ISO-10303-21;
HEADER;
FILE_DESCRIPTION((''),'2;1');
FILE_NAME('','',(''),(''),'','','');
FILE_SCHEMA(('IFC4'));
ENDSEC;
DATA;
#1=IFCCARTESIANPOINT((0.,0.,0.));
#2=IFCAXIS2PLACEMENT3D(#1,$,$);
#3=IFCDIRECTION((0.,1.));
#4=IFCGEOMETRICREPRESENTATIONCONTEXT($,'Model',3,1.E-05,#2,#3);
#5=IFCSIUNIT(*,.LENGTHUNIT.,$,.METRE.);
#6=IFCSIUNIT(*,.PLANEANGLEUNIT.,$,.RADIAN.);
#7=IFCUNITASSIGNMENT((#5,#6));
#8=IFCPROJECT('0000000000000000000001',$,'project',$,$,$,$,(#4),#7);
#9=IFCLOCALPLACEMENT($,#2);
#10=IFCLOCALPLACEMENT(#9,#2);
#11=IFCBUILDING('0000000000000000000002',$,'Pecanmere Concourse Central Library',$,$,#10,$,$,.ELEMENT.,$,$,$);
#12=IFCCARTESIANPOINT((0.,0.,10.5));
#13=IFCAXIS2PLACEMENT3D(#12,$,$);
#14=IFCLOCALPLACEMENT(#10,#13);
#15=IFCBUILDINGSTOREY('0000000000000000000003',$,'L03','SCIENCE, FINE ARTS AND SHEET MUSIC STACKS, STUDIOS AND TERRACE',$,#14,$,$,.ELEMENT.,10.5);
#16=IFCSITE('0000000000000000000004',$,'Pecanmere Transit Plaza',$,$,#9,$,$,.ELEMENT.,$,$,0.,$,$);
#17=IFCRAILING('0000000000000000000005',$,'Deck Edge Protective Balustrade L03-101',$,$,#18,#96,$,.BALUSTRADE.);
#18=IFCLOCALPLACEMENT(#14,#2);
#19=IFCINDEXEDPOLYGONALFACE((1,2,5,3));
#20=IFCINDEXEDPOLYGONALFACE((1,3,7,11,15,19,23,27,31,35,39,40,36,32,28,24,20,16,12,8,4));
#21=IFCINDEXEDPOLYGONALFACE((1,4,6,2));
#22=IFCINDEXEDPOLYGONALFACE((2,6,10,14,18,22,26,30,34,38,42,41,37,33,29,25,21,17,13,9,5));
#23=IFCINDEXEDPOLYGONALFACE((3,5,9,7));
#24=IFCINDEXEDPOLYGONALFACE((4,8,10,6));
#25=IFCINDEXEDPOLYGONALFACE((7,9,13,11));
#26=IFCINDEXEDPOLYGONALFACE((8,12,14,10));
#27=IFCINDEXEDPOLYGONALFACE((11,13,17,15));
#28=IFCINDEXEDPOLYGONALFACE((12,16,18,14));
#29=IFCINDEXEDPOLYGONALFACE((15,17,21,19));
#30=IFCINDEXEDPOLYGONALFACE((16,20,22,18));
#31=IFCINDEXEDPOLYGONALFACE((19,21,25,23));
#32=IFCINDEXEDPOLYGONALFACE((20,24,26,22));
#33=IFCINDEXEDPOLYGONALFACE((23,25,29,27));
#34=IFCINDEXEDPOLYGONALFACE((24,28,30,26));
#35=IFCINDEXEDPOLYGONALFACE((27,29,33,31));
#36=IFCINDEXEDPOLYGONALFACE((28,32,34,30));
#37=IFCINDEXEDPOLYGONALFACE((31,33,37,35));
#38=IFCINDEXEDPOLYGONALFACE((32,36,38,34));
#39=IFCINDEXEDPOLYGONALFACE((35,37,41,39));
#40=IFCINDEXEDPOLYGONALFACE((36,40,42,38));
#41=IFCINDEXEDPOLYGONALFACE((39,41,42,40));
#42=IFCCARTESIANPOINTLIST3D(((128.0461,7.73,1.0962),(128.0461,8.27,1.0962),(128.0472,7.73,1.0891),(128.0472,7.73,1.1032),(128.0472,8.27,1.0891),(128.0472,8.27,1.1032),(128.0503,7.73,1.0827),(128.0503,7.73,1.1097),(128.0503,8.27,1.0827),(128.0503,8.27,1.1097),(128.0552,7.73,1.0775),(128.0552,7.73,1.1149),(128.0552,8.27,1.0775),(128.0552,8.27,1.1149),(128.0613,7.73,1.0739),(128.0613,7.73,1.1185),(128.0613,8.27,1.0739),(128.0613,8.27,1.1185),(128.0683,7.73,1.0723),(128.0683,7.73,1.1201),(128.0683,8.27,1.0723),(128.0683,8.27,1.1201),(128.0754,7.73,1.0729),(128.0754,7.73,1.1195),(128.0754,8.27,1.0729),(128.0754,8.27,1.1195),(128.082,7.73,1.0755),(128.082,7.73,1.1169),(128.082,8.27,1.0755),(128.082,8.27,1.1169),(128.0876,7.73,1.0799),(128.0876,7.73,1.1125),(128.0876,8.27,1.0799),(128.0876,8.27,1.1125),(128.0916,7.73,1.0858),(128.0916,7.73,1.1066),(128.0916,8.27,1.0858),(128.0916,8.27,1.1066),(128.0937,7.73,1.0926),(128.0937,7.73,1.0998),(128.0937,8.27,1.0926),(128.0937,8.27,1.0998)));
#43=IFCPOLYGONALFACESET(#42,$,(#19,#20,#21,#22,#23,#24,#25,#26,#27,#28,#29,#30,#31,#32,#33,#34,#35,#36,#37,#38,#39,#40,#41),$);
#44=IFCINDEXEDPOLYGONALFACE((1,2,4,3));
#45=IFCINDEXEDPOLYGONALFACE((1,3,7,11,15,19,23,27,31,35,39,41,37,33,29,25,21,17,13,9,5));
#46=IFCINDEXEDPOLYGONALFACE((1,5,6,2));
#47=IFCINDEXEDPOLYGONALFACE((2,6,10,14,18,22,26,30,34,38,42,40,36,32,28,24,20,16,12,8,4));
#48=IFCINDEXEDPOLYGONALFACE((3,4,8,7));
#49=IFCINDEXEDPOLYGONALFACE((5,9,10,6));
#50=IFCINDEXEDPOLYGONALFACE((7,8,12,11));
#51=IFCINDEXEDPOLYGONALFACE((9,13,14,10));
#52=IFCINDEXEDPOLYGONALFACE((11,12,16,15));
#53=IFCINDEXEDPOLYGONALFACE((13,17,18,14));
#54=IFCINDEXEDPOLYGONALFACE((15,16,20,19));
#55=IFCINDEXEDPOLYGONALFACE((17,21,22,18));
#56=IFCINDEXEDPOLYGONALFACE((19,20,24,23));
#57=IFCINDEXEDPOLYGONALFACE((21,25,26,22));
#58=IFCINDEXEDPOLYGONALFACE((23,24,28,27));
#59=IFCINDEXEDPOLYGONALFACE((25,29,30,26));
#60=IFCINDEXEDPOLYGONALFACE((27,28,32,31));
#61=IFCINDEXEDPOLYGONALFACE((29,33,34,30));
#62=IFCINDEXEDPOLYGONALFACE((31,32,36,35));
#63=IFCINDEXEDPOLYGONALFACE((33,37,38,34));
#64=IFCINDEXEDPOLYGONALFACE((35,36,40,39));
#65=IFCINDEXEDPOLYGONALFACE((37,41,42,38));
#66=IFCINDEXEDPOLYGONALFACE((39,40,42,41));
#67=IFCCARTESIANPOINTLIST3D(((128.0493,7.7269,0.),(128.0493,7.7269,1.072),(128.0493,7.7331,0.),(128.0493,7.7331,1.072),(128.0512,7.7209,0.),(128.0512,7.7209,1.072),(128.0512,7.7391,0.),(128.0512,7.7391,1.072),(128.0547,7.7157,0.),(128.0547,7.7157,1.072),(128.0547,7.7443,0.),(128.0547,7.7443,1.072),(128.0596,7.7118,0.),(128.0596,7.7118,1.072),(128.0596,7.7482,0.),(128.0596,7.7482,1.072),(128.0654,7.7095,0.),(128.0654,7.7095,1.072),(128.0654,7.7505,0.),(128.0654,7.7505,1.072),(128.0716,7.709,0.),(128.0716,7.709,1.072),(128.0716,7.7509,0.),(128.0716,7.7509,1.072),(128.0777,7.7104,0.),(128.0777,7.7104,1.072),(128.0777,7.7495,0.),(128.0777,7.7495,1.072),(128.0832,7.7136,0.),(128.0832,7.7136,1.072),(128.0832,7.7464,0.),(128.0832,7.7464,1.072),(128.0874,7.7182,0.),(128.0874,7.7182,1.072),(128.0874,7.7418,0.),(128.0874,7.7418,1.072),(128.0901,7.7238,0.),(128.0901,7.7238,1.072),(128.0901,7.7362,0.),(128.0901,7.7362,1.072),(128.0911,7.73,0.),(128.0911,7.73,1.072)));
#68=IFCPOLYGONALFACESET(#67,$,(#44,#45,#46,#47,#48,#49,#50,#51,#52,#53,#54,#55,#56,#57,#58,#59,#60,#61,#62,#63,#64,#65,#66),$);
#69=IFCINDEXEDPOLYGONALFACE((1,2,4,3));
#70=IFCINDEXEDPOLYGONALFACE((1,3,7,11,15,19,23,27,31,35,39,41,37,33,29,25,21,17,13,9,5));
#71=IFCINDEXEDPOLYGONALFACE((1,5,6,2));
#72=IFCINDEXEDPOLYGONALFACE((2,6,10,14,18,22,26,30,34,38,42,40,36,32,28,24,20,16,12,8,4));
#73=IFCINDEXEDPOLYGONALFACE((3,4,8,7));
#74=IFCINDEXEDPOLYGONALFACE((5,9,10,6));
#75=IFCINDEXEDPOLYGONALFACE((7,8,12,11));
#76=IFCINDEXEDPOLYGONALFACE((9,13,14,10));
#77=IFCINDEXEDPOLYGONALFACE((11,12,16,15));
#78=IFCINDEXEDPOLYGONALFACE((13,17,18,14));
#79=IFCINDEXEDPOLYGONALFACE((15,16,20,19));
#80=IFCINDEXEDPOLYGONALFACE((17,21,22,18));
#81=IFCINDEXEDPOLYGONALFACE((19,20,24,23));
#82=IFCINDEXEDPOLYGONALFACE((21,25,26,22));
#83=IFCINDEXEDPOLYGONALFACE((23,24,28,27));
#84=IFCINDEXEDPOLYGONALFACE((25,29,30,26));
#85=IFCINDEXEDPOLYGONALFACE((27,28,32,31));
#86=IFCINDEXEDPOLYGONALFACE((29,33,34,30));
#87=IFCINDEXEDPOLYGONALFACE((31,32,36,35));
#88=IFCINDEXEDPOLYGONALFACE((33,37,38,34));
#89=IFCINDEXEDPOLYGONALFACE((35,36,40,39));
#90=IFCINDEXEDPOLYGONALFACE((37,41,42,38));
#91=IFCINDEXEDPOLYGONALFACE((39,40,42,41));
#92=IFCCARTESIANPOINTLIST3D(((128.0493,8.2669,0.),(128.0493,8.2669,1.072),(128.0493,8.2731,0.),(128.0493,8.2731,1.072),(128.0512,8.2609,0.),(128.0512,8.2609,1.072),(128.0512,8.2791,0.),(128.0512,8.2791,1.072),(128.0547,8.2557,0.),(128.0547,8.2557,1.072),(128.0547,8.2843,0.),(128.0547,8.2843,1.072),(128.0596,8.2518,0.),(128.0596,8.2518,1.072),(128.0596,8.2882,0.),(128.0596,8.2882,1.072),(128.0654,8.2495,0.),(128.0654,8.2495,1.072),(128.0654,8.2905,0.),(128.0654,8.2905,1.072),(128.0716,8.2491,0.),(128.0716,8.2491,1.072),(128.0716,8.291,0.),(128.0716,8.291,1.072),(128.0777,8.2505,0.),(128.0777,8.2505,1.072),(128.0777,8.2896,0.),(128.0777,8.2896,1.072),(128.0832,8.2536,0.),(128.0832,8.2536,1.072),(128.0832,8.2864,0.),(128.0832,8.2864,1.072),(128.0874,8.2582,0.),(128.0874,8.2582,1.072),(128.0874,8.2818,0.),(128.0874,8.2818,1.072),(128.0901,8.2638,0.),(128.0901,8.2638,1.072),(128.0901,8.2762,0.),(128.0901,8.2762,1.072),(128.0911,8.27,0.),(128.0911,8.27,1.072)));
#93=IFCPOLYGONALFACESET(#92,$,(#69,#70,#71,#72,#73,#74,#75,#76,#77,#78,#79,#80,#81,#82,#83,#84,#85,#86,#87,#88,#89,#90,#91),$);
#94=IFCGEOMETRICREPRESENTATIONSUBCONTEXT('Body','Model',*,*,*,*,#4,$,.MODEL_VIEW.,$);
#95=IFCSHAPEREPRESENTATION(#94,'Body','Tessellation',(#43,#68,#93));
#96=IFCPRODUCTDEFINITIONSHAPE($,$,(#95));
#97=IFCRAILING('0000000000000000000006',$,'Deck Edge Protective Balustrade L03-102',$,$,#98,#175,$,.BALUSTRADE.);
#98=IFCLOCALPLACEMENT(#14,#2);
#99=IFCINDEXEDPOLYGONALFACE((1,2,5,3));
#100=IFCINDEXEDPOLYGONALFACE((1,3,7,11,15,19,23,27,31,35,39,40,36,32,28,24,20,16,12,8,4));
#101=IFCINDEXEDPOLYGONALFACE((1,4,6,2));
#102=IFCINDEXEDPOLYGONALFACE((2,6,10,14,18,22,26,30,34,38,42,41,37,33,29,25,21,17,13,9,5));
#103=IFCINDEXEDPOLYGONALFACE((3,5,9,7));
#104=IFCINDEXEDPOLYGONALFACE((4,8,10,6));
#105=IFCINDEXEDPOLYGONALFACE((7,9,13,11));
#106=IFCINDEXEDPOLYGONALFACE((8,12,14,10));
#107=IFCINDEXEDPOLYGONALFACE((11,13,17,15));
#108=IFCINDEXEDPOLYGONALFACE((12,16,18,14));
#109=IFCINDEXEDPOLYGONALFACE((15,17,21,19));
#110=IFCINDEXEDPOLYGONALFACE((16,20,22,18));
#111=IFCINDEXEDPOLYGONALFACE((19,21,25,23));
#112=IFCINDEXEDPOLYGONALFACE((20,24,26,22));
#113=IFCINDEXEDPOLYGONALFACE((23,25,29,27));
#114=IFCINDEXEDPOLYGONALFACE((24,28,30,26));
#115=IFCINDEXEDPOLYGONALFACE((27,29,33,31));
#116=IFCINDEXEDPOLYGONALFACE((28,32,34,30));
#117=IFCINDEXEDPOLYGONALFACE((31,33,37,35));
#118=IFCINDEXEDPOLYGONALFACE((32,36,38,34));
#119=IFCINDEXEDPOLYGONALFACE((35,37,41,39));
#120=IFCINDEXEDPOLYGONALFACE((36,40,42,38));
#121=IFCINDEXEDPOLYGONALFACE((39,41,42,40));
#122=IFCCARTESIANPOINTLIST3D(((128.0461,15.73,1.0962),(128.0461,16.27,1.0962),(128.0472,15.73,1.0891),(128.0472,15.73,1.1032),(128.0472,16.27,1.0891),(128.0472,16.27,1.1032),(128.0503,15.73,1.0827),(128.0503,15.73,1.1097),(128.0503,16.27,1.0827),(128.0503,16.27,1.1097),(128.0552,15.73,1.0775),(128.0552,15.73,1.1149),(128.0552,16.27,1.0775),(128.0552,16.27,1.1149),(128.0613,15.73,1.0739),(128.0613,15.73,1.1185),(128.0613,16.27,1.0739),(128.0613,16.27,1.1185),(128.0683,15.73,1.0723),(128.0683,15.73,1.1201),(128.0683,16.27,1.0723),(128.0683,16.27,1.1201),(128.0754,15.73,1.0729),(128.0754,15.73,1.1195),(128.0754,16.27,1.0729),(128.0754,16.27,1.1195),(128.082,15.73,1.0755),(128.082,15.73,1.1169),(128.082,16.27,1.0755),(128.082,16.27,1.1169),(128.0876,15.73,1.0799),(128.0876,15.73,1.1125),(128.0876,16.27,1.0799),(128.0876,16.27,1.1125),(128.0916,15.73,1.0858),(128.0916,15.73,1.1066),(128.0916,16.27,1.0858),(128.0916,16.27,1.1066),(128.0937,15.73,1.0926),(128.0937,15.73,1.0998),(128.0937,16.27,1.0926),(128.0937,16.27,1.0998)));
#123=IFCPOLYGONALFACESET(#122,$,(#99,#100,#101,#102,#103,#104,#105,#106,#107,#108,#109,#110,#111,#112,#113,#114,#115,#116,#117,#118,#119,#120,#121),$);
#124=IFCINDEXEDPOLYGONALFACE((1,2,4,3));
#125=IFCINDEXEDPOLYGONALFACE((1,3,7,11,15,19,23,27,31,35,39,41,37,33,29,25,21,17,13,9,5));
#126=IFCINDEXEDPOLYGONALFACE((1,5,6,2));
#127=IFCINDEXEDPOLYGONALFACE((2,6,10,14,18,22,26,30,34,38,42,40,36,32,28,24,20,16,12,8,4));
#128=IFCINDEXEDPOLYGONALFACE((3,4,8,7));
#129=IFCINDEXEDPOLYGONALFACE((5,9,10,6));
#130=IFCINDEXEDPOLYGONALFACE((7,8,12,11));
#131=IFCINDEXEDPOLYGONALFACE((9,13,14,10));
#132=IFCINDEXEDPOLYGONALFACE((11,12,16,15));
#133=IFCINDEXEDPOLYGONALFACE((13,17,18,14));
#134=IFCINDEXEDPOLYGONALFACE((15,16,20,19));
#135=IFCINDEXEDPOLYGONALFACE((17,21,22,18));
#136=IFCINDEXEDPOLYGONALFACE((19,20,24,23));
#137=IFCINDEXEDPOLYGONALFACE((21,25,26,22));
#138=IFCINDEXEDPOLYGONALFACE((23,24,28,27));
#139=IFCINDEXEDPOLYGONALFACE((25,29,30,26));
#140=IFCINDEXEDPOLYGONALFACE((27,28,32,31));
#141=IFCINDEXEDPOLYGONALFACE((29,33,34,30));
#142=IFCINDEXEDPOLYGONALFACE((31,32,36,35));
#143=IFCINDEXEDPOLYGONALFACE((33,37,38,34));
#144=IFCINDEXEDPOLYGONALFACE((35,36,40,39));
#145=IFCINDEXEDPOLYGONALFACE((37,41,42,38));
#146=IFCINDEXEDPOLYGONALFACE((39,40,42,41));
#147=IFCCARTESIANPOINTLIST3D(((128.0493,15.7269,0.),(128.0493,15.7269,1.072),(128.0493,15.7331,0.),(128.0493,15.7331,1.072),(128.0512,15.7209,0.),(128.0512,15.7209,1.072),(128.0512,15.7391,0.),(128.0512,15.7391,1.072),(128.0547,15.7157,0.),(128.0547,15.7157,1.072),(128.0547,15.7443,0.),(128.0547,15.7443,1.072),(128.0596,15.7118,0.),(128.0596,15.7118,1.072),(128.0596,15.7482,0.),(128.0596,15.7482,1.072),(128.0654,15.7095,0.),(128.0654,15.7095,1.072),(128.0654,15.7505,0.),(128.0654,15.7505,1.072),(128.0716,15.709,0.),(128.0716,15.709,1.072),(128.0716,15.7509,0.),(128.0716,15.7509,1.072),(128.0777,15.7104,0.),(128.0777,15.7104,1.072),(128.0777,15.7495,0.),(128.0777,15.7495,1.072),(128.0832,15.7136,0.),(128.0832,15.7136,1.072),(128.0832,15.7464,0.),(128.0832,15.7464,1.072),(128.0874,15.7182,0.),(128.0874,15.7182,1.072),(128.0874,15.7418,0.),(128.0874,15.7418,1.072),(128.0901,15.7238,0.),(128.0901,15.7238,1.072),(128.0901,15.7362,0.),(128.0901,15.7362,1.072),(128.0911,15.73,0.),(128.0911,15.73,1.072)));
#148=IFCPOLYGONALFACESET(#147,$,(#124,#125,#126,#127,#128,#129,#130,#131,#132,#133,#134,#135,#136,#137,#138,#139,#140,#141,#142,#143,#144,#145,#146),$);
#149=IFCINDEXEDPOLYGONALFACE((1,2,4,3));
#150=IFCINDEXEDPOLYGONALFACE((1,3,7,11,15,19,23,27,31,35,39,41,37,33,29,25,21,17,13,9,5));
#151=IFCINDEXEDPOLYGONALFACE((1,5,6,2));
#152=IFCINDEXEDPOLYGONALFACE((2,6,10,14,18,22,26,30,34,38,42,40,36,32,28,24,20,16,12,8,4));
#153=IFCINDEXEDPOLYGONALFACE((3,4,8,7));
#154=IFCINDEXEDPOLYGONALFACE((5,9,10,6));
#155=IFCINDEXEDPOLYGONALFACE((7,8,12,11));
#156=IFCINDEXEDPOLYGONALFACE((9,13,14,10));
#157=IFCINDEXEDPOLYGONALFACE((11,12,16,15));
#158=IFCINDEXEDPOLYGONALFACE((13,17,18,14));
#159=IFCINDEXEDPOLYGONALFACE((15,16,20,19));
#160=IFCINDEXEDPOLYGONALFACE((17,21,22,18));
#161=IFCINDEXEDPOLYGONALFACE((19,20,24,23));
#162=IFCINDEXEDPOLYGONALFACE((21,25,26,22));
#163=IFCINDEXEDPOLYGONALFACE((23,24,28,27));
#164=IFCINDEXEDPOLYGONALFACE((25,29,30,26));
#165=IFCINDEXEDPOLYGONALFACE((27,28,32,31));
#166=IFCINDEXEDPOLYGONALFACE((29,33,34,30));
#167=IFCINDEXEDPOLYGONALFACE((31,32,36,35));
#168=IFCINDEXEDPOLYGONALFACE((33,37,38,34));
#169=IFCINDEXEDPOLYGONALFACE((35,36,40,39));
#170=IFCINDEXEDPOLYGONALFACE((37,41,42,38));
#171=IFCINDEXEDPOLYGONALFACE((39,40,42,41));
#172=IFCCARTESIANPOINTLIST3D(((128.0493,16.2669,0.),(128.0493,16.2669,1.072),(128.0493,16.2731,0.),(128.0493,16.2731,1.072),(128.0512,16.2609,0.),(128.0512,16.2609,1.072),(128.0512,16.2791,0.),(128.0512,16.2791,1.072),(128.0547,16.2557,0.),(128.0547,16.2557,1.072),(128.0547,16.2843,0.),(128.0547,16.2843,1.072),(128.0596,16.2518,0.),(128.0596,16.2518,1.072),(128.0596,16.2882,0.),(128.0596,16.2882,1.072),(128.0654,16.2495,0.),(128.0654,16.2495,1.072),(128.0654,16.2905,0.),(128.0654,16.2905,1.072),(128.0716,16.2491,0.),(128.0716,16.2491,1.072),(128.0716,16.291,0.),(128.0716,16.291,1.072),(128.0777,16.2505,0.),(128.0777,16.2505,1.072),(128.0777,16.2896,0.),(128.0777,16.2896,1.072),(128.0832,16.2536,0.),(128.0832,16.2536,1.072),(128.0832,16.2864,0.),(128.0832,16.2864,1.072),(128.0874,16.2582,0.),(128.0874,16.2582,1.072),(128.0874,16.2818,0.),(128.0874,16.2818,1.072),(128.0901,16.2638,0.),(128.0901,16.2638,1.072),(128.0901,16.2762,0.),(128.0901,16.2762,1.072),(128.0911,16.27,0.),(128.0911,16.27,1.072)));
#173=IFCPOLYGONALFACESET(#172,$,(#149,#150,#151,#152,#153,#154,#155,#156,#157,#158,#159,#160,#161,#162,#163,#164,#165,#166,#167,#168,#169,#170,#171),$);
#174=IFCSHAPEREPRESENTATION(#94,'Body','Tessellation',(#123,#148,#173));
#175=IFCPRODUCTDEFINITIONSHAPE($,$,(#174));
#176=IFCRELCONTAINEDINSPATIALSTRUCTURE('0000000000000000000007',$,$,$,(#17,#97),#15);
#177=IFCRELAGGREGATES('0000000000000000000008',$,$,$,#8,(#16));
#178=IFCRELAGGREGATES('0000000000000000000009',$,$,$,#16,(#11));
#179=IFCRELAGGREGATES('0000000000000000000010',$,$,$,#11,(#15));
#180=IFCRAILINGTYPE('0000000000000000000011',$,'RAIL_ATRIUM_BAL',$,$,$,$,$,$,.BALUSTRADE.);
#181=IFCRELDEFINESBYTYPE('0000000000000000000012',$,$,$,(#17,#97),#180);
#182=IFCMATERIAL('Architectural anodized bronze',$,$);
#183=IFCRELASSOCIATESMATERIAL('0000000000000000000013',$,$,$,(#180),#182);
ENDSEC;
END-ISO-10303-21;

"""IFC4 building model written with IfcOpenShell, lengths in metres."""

from ifc_helpers import new_model, si_unit, direction, frame, origin, origin_2d, place, context, subcontext, project, spatial, circle, extrude, material, type_object, element, save


model = new_model("IFC4")

# Units and contexts
model_context = context("Model", 3, precision=1e-05, world=origin(), true_north=direction((0.0, 1.0)))
body_context = subcontext(model_context, "Body", "Model", "MODEL_VIEW")
ifc_project = project(units=[si_unit("LENGTHUNIT", "METRE"), si_unit("PLANEANGLEUNIT", "RADIAN")], contexts=[model_context])

# Site, building, storey
site_placement = place(None, origin())
site = spatial("IfcSite", under=ifc_project, at=site_placement, Name="Pecanmere Transit Plaza", CompositionType="ELEMENT", RefElevation=0.0)
building_placement = place(site_placement, origin())
building = spatial("IfcBuilding", under=site, at=building_placement, Name="Pecanmere Concourse Central Library", CompositionType="ELEMENT")
storey_placement = place(building_placement, frame((0.0, 0.0, 10.5)))
storey = spatial("IfcBuildingStorey", under=building, at=storey_placement, Name="L03", Description="SCIENCE, FINE ARTS AND SHEET MUSIC STACKS, STUDIOS AND TERRACE", CompositionType="ELEMENT", Elevation=10.5)

# Railings
ifc_material_1 = material(Name="Architectural anodized bronze")
railing_type_1 = type_object("IfcRailingType", Name="RAIL_ATRIUM_BAL", PredefinedType="BALUSTRADE", material=ifc_material_1)
for number, where, name in (
    (1, (128.0701, 7.73, 0.0), "Deck Edge Protective Balustrade L03-101"),
    (2, (128.0701, 15.73, 0.0), "Deck Edge Protective Balustrade L03-102"),
):
    element("IfcRailing", number, at=place(storey_placement, frame(where)), inside=storey, type_object=railing_type_1, Name=name, PredefinedType="BALUSTRADE", context=body_context, shape_type="SweptSolid", body=[
        extrude(circle(Radius=0.0239, at=origin_2d()), frame((0.0, 0.0, 1.0962), z_axis=(0.0, 1.0, 0.0), x_axis=(-1.0, 0.0, 0.0)), (0.0, 0.0, 1.0), 0.54),
        extrude(circle(Radius=0.021, at=origin_2d()), origin(), (0.0, 0.0, 1.0), 1.072),
        extrude(circle(Radius=0.021, at=origin_2d()), frame((0.0, 0.54, 0.0)), (0.0, 0.0, 1.0), 1.072),
    ])

save(model, "model.ifc")
